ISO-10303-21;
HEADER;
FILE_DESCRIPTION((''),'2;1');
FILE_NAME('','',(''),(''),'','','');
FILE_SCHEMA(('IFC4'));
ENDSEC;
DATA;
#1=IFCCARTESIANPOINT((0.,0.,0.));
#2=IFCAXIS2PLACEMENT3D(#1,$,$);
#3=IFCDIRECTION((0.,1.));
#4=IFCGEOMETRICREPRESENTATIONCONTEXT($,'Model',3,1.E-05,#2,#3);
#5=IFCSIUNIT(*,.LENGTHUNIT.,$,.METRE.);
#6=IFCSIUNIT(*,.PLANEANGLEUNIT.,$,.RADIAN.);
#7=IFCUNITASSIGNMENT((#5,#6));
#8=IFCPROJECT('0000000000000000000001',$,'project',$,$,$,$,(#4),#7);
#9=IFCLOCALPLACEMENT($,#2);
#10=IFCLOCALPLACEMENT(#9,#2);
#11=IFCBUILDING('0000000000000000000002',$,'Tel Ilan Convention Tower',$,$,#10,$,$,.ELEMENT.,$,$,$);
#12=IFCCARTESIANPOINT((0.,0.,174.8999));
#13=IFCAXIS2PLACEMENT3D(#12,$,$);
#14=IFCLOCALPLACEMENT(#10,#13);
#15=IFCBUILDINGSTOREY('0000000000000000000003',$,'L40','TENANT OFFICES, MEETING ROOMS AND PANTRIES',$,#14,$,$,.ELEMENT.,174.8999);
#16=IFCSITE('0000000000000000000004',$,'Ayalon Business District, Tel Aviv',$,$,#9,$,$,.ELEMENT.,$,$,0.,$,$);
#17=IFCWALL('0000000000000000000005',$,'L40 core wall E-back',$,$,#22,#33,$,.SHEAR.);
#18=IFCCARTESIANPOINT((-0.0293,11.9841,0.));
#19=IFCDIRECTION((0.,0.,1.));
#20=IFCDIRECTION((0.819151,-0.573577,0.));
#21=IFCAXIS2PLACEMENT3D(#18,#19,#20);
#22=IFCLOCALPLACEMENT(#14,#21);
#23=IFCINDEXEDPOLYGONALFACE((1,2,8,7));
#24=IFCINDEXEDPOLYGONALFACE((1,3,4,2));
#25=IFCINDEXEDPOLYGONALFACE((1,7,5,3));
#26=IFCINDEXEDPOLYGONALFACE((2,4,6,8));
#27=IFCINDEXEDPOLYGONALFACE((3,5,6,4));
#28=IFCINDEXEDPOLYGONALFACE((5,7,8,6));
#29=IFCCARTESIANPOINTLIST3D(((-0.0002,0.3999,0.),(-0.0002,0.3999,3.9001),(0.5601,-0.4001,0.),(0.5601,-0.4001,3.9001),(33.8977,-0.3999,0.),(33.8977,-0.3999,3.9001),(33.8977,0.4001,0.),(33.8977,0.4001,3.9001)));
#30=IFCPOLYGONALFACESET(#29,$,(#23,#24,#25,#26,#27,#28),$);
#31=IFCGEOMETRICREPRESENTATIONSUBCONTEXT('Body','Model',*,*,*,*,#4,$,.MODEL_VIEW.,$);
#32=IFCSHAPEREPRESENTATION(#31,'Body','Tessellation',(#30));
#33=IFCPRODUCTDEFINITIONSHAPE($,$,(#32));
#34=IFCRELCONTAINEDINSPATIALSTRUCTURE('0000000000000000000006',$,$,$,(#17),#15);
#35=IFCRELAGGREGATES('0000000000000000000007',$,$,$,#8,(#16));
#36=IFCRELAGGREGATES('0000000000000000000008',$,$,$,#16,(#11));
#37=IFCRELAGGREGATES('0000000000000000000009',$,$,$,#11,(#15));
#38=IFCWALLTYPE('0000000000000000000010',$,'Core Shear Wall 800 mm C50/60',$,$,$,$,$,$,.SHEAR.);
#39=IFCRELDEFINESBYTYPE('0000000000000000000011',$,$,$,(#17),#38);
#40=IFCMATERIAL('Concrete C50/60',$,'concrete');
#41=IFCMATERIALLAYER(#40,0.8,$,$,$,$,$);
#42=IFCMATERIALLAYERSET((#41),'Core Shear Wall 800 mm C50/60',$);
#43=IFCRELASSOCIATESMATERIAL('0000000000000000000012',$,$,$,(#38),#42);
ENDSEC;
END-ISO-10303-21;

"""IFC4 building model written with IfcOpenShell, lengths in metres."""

from ifc_helpers import new_model, si_unit, direction, frame, origin, place, context, subcontext, project, spatial, polyline, outline, extrude, material, layer, layer_set, type_object, element, save


model = new_model("IFC4")

# Units and contexts
model_context = context("Model", 3, precision=1e-05, world=origin(), true_north=direction((0.0, 1.0)))
body_context = subcontext(model_context, "Body", "Model", "MODEL_VIEW")
ifc_project = project(units=[si_unit("LENGTHUNIT", "METRE"), si_unit("PLANEANGLEUNIT", "RADIAN")], contexts=[model_context])

# Site, building, storey
site_placement = place(None, origin())
site = spatial("IfcSite", under=ifc_project, at=site_placement, Name="Ayalon Business District, Tel Aviv", CompositionType="ELEMENT", RefElevation=0.0)
building_placement = place(site_placement, origin())
building = spatial("IfcBuilding", under=site, at=building_placement, Name="Tel Ilan Convention Tower", CompositionType="ELEMENT")
storey_placement = place(building_placement, frame((0.0, 0.0, 174.8999)))
storey = spatial("IfcBuildingStorey", under=building, at=storey_placement, Name="L40", Description="TENANT OFFICES, MEETING ROOMS AND PANTRIES", CompositionType="ELEMENT", Elevation=174.8999)

# Wall
ifc_material_1 = material(Name="Concrete C50/60", Category="concrete")
ifc_layer_1 = layer(ifc_material_1, 0.8)
ifc_layer_set_1 = layer_set([ifc_layer_1], Name="Core Shear Wall 800 mm C50/60")
wall_type_1 = type_object("IfcWallType", Name="Core Shear Wall 800 mm C50/60", PredefinedType="SHEAR", material=ifc_layer_set_1)
wall_1_placement = place(storey_placement, frame((-0.0293, 11.9841, 0.0), z_axis=(0.0, 0.0, 1.0), x_axis=(0.819151, -0.573577, 0.0)))
element("IfcWall", 1, at=wall_1_placement, inside=storey, type_object=wall_type_1, Name="L40 core wall E-back", PredefinedType="SHEAR", context=body_context, shape_type="SweptSolid", body=[
    extrude(outline(polyline([(33.8977, 0.4001), (-0.0002, 0.3999), (0.5601, -0.4001), (33.8977, -0.3999), (33.8977, 0.4001)])), origin(), (0.0, 0.0, 1.0), 3.9001),
])

save(model, "model.ifc")
